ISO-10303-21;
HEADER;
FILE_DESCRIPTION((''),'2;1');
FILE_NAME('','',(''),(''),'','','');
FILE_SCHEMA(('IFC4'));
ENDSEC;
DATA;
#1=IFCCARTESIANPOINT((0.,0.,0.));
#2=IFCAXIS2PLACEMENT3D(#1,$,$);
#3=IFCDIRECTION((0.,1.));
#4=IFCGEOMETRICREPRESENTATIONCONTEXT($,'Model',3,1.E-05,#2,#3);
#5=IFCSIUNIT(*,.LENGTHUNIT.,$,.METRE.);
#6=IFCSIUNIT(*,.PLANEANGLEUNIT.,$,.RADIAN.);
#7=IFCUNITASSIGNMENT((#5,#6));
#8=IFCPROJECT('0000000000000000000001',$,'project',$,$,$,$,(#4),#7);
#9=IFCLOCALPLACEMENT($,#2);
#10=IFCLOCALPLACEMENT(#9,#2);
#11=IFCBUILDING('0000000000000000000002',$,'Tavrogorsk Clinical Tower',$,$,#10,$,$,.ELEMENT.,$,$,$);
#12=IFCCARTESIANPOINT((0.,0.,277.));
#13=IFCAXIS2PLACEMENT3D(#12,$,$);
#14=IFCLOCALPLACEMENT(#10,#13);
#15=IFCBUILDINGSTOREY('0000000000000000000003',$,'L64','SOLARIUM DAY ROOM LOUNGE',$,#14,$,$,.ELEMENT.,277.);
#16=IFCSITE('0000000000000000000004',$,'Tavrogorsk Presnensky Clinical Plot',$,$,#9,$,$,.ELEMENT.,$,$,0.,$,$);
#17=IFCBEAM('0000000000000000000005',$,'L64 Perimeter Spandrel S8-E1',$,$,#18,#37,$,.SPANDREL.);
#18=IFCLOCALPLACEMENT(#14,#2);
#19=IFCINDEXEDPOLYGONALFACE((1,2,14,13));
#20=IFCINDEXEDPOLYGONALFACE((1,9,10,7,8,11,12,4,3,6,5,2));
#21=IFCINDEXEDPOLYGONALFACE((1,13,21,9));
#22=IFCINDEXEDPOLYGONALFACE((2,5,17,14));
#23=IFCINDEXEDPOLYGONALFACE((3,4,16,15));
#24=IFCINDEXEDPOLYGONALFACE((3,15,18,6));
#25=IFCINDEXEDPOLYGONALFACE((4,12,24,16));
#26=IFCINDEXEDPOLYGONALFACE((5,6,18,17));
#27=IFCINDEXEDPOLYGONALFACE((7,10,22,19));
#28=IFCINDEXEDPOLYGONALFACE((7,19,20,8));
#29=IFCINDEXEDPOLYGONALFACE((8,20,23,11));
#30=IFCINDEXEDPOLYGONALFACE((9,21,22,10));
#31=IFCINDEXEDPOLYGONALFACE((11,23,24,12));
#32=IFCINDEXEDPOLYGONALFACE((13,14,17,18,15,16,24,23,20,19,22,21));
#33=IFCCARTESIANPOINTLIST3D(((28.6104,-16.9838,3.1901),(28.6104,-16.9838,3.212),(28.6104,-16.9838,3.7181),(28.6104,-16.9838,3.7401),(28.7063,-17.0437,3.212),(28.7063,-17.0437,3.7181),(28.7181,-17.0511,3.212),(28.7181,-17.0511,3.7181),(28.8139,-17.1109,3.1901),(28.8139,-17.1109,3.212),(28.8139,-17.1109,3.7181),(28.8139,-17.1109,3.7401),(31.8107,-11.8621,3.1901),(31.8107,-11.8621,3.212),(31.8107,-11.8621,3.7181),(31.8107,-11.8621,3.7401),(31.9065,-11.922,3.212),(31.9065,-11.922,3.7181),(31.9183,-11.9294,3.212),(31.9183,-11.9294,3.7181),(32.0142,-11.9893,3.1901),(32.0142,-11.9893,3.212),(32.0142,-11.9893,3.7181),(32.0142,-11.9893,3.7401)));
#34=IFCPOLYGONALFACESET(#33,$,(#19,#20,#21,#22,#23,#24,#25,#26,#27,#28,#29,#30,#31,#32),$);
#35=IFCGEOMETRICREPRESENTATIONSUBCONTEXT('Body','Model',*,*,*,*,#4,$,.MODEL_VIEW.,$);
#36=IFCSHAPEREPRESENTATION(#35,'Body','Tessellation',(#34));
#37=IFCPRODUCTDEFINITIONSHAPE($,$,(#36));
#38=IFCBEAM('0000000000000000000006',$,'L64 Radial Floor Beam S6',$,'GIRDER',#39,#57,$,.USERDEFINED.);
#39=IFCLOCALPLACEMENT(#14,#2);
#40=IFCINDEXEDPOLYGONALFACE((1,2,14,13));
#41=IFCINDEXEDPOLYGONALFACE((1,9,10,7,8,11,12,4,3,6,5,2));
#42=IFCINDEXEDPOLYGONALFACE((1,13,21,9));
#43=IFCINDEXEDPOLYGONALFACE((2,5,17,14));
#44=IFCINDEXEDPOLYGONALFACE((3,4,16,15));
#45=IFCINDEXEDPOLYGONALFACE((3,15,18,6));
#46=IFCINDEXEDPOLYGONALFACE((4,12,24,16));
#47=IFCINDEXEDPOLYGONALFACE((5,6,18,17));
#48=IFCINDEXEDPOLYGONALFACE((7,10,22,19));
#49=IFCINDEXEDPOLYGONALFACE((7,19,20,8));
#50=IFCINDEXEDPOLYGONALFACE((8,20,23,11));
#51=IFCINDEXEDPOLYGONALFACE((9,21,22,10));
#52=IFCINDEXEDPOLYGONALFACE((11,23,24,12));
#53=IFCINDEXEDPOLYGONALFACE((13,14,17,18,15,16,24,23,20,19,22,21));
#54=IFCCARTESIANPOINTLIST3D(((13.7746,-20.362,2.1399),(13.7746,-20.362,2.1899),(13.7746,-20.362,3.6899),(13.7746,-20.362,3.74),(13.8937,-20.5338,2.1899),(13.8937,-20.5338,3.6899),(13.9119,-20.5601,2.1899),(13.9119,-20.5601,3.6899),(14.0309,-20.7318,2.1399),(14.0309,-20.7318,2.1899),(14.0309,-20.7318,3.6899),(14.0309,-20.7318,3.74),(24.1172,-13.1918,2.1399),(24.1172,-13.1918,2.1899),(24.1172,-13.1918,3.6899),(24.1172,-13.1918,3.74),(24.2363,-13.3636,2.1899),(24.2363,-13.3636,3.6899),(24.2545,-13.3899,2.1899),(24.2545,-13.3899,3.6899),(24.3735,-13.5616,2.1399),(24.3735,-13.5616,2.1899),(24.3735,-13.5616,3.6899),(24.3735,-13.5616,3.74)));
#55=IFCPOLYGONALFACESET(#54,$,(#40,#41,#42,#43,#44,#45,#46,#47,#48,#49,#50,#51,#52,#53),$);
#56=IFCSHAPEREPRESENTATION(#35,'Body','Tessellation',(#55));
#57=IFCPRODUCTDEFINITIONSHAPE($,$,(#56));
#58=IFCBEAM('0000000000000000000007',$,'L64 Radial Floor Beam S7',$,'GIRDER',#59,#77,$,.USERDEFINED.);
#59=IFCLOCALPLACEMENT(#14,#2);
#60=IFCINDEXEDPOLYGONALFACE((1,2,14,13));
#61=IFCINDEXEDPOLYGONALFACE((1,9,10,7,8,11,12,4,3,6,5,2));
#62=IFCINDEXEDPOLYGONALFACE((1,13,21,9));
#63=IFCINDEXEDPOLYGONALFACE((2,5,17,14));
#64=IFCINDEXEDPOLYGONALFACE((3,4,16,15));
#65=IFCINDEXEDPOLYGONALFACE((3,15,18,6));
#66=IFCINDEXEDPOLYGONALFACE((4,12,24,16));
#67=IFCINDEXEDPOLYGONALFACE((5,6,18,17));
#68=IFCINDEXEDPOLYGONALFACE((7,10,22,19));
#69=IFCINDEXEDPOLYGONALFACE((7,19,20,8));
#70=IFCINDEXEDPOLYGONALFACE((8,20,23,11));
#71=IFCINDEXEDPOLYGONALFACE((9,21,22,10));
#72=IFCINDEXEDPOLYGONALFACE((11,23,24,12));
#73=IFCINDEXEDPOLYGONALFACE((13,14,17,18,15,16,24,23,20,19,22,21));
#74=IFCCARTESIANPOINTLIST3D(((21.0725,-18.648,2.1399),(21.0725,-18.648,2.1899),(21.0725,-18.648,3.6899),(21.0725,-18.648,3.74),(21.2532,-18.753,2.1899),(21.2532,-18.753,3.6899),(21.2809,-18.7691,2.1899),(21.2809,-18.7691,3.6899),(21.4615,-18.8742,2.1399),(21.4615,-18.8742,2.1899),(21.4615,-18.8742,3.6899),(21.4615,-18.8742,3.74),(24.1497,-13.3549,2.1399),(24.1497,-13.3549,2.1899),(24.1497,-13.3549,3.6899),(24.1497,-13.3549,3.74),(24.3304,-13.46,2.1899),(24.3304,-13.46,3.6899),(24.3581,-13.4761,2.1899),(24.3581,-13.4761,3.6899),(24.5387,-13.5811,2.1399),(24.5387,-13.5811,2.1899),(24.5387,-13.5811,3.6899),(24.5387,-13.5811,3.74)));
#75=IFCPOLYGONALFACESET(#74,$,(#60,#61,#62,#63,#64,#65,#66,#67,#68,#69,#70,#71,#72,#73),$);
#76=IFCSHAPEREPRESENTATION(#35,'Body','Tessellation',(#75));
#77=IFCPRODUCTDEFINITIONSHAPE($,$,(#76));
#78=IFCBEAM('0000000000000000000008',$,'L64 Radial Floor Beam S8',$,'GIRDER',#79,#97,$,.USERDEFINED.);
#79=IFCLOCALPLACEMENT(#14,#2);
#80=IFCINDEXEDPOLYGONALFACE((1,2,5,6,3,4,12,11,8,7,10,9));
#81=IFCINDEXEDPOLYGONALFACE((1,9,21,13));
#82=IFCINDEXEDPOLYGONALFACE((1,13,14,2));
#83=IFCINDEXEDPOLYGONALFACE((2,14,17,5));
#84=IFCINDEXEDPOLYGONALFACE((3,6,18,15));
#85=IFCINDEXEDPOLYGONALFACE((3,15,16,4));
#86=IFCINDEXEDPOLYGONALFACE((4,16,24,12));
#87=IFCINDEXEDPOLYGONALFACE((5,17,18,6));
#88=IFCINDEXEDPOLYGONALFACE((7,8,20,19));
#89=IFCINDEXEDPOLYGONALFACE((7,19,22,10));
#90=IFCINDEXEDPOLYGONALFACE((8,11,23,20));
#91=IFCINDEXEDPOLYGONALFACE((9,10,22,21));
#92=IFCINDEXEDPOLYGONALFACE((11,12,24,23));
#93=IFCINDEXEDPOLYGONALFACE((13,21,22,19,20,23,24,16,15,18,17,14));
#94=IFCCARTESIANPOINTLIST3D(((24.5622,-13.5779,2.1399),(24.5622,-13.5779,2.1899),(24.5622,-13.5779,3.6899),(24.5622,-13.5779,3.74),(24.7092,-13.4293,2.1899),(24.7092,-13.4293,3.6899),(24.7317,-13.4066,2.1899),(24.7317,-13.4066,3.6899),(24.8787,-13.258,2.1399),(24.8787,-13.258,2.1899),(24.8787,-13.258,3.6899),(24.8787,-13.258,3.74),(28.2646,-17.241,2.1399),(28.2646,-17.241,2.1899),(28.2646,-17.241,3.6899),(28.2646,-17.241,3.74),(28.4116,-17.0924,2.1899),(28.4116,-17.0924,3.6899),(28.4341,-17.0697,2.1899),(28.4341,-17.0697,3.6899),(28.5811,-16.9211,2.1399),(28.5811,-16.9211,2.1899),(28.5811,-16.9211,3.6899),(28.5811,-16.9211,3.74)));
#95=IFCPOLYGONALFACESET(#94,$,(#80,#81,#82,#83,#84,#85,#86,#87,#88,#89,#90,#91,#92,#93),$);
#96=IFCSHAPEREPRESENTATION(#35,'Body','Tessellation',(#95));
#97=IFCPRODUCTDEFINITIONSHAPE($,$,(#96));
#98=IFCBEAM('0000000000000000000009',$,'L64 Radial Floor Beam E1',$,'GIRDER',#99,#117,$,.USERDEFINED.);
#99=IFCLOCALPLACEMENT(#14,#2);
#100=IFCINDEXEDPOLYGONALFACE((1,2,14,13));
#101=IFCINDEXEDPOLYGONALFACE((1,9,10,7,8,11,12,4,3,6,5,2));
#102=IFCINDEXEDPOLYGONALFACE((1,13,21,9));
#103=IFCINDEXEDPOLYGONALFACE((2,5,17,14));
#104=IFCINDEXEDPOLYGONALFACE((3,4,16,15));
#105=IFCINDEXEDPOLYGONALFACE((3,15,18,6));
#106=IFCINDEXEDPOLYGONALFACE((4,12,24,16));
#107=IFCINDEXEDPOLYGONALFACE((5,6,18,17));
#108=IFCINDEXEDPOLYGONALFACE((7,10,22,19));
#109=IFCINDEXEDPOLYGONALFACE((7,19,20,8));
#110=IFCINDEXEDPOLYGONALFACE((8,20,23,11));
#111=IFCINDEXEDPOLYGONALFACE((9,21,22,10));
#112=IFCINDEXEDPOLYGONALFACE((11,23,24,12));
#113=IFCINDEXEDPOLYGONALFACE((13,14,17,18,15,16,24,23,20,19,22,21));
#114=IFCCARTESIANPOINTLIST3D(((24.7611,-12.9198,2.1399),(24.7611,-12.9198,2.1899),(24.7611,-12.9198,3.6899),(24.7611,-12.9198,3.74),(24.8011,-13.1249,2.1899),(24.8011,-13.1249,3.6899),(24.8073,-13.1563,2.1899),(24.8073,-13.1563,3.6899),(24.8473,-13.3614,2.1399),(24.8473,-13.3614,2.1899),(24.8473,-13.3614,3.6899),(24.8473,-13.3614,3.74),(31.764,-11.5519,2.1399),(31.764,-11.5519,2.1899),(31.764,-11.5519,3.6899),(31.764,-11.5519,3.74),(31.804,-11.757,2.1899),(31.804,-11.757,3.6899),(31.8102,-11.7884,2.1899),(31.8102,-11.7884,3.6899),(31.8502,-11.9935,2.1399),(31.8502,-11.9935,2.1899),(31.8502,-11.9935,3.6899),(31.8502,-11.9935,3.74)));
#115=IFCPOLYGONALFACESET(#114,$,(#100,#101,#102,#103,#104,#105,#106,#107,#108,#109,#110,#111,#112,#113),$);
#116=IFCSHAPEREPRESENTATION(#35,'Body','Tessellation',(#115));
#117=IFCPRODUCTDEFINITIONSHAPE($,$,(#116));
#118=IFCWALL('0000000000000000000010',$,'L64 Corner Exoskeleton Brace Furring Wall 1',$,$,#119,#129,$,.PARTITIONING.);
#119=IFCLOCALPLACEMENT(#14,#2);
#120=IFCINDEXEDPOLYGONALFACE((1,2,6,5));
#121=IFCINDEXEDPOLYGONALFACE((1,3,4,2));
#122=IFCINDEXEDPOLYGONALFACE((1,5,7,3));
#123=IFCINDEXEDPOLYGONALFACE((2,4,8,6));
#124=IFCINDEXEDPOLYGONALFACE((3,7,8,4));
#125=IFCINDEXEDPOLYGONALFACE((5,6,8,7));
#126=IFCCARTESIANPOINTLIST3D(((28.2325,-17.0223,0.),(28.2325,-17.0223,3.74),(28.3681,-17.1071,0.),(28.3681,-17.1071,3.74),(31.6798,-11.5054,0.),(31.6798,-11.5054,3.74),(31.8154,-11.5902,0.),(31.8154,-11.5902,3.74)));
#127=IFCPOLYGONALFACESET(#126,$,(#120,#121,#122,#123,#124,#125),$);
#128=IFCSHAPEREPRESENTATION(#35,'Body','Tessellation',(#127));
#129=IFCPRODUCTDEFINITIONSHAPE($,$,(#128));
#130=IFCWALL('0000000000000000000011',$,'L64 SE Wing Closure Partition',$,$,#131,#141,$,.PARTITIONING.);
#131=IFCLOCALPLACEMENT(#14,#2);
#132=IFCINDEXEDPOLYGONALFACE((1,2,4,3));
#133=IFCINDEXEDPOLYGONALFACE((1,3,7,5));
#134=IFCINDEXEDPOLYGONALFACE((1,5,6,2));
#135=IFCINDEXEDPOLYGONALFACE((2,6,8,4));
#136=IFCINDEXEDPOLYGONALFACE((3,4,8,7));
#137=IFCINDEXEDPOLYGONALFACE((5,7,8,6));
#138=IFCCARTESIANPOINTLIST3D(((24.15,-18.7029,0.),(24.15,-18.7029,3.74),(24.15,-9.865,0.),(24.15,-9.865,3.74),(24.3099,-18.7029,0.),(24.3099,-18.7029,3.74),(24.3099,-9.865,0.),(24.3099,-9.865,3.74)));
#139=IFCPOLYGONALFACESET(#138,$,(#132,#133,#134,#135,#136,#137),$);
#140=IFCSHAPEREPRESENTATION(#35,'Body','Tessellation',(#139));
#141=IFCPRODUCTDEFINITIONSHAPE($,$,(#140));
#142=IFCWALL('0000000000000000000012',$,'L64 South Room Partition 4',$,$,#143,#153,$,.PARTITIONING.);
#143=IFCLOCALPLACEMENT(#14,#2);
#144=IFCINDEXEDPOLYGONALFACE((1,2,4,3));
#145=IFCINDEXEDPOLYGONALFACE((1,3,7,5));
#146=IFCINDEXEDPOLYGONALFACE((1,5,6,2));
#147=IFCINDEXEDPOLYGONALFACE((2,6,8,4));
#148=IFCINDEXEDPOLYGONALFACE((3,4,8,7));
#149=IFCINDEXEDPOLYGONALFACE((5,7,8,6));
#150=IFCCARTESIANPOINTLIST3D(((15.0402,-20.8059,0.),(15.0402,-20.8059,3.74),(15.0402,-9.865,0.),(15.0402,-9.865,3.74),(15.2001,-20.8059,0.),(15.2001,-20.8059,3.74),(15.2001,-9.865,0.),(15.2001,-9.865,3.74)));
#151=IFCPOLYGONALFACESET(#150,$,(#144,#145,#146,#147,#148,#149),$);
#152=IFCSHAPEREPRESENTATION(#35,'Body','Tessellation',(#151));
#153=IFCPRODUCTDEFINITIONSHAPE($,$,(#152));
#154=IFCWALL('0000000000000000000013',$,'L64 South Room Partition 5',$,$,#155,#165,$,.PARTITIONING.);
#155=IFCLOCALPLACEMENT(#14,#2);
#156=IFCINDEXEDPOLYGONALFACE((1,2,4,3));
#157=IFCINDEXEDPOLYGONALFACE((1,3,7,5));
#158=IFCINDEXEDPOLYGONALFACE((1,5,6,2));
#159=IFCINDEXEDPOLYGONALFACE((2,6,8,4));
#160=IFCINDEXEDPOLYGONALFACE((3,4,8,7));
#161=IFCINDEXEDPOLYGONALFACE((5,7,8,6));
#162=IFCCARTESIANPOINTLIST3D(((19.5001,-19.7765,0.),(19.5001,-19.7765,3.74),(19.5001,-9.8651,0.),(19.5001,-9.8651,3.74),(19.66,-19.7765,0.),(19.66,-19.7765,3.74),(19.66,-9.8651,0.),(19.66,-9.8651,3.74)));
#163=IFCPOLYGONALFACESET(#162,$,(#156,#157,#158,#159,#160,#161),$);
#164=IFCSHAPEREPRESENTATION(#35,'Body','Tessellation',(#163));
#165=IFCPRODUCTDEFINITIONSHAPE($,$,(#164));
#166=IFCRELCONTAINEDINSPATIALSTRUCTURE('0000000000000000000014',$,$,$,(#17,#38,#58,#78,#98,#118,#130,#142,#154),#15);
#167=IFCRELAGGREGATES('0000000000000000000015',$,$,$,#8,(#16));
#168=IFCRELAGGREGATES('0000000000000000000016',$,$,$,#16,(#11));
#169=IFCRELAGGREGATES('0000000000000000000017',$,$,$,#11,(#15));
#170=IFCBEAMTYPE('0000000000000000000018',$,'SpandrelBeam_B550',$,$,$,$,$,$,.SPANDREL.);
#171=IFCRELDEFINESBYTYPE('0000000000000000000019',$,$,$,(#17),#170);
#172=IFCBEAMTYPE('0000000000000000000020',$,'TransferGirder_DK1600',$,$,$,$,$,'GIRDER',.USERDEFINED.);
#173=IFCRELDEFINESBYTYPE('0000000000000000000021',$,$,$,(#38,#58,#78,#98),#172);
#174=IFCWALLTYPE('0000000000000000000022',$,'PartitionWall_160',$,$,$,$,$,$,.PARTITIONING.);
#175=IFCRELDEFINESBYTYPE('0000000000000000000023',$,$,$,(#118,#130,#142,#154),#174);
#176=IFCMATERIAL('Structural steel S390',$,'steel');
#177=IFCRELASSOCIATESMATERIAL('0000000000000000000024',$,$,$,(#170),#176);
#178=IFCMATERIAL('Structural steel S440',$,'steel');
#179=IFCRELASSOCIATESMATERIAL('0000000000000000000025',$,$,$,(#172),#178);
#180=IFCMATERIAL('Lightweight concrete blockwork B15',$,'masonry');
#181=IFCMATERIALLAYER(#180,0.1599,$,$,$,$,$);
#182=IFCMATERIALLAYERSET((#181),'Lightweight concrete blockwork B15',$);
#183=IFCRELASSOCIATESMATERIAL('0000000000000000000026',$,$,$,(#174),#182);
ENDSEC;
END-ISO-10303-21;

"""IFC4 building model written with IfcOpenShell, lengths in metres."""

from ifc_helpers import new_model, si_unit, direction, frame, frame_2d, origin, origin_2d, place, context, subcontext, project, spatial, rectangle, i_section, extrude, material, layer, layer_set, material_profile, profile_set, type_object, element, save


model = new_model("IFC4")

# Units and contexts
model_context = context("Model", 3, precision=1e-05, world=origin(), true_north=direction((0.0, 1.0)))
body_context = subcontext(model_context, "Body", "Model", "MODEL_VIEW")
ifc_project = project(units=[si_unit("LENGTHUNIT", "METRE"), si_unit("PLANEANGLEUNIT", "RADIAN")], contexts=[model_context])

# Site, building, storey
site_placement = place(None, origin())
site = spatial("IfcSite", under=ifc_project, at=site_placement, Name="Tavrogorsk Presnensky Clinical Plot", CompositionType="ELEMENT", RefElevation=0.0)
building_placement = place(site_placement, origin())
building = spatial("IfcBuilding", under=site, at=building_placement, Name="Tavrogorsk Clinical Tower", CompositionType="ELEMENT")
storey_placement = place(building_placement, frame((0.0, 0.0, 277.0)))
storey = spatial("IfcBuildingStorey", under=building, at=storey_placement, Name="L64", Description="SOLARIUM DAY ROOM LOUNGE", CompositionType="ELEMENT", Elevation=277.0)

# Beams
ifc_material_1 = material(Name="Structural steel S390", Category="steel")
ifc_material_profile_1 = material_profile(ifc_material_1, i_section(OverallWidth=0.24, OverallDepth=0.55, WebThickness=0.0139, FlangeThickness=0.022, at=origin_2d()), Name="B-550x240x14x22")
ifc_profile_set_1 = profile_set([ifc_material_profile_1], Name="Structural steel S390")
beam_type_1 = type_object("IfcBeamType", Name="SpandrelBeam_B550", PredefinedType="SPANDREL", material=ifc_profile_set_1)
beam_1_placement = place(storey_placement, frame((28.7122, -17.0474, 3.4651), z_axis=(0.529904, 0.848057, 0.0), x_axis=(-0.848057, 0.529904, 0.0)))
element("IfcBeam", 1, at=beam_1_placement, inside=storey, type_object=beam_type_1, Name="L64 Perimeter Spandrel S8-E1", PredefinedType="SPANDREL", context=body_context, shape_type="SweptSolid", body=[
    extrude(i_section(OverallWidth=0.24, OverallDepth=0.55, WebThickness=0.0139, FlangeThickness=0.022, at=origin_2d()), origin(), (0.0, 0.0, 1.0), 6.0393),
])
ifc_material_2 = material(Name="Structural steel S440", Category="steel")
ifc_material_profile_2 = material_profile(ifc_material_2, i_section(OverallWidth=0.45, OverallDepth=1.6001, WebThickness=0.032, FlangeThickness=0.05, at=origin_2d()), Name="DK-1600x450x32x50")
ifc_profile_set_2 = profile_set([ifc_material_profile_2], Name="Structural steel S440")
beam_type_2 = type_object("IfcBeamType", Name="TransferGirder_DK1600", ElementType="GIRDER", PredefinedType="USERDEFINED", material=ifc_profile_set_2)
beam_2_placement = place(storey_placement, frame((24.2454, -13.3767, 2.9399), z_axis=(-0.821822, -0.569745, 0.0), x_axis=(0.569745, -0.821822, 0.0)))
element("IfcBeam", 2, at=beam_2_placement, inside=storey, type_object=beam_type_2, Name="L64 Radial Floor Beam S6", ObjectType="GIRDER", PredefinedType="USERDEFINED", context=body_context, shape_type="SweptSolid", body=[
    extrude(i_section(OverallWidth=0.45, OverallDepth=1.6001, WebThickness=0.032, FlangeThickness=0.05, at=origin_2d()), origin(), (0.0, 0.0, 1.0), 12.585),
])
beam_3_placement = place(storey_placement, frame((24.3442, -13.468, 2.9399), z_axis=(-0.502601, -0.864518, 0.0), x_axis=(0.864518, -0.502601, 0.0)))
element("IfcBeam", 3, at=beam_3_placement, inside=storey, type_object=beam_type_2, Name="L64 Radial Floor Beam S7", ObjectType="GIRDER", PredefinedType="USERDEFINED", context=body_context, shape_type="SweptSolid", body=[
    extrude(i_section(OverallWidth=0.45, OverallDepth=1.6001, WebThickness=0.032, FlangeThickness=0.05, at=origin_2d()), origin(), (0.0, 0.0, 1.0), 6.1226),
])
beam_4_placement = place(storey_placement, frame((24.7205, -13.418, 2.9399), z_axis=(0.71087, -0.703323, 0.0), x_axis=(0.703323, 0.71087, 0.0)))
element("IfcBeam", 4, at=beam_4_placement, inside=storey, type_object=beam_type_2, Name="L64 Radial Floor Beam S8", ObjectType="GIRDER", PredefinedType="USERDEFINED", context=body_context, shape_type="SweptSolid", body=[
    extrude(i_section(OverallWidth=0.45, OverallDepth=1.6001, WebThickness=0.032, FlangeThickness=0.05, at=origin_2d()), origin(), (0.0, 0.0, 1.0), 5.2083),
])
beam_5_placement = place(storey_placement, frame((24.8042, -13.1406, 2.9399), z_axis=(0.981451, 0.191712, 0.0), x_axis=(-0.191712, 0.981451, 0.0)))
element("IfcBeam", 5, at=beam_5_placement, inside=storey, type_object=beam_type_2, Name="L64 Radial Floor Beam E1", ObjectType="GIRDER", PredefinedType="USERDEFINED", context=body_context, shape_type="SweptSolid", body=[
    extrude(i_section(OverallWidth=0.45, OverallDepth=1.6001, WebThickness=0.032, FlangeThickness=0.05, at=origin_2d()), origin(), (0.0, 0.0, 1.0), 7.1353),
])

# Walls
ifc_material_3 = material(Name="Lightweight concrete blockwork B15", Category="masonry")
ifc_layer_1 = layer(ifc_material_3, 0.1599)
ifc_layer_set_1 = layer_set([ifc_layer_1], Name="Lightweight concrete blockwork B15")
wall_type_1 = type_object("IfcWallType", Name="PartitionWall_160", PredefinedType="PARTITIONING", material=ifc_layer_set_1)
wall_1_placement = place(storey_placement, frame((28.3003, -17.0647, 0.0), z_axis=(0.0, 0.0, 1.0), x_axis=(0.529915, 0.848051, 0.0)))
element("IfcWall", 6, at=wall_1_placement, inside=storey, type_object=wall_type_1, Name="L64 Corner Exoskeleton Brace Furring Wall 1", PredefinedType="PARTITIONING", context=body_context, shape_type="SweptSolid", body=[
    extrude(rectangle(XDim=6.5054, YDim=0.1599, at=frame_2d((3.2527, 0.0))), origin(), (0.0, 0.0, 1.0), 3.74),
])
wall_2_placement = place(storey_placement, frame((24.23, -18.7029, 0.0), z_axis=(0.0, 0.0, 1.0), x_axis=(0.0, 1.0, 0.0)))
element("IfcWall", 7, at=wall_2_placement, inside=storey, type_object=wall_type_1, Name="L64 SE Wing Closure Partition", PredefinedType="PARTITIONING", context=body_context, shape_type="SweptSolid", body=[
    extrude(rectangle(XDim=8.8379, YDim=0.1599, at=frame_2d((4.4189, 0.0))), origin(), (0.0, 0.0, 1.0), 3.74),
])
wall_3_placement = place(storey_placement, frame((15.1201, -20.8059, 0.0), z_axis=(0.0, 0.0, 1.0), x_axis=(0.0, 1.0, 0.0)))
element("IfcWall", 8, at=wall_3_placement, inside=storey, type_object=wall_type_1, Name="L64 South Room Partition 4", PredefinedType="PARTITIONING", context=body_context, shape_type="SweptSolid", body=[
    extrude(rectangle(XDim=10.9409, YDim=0.1599, at=frame_2d((5.4705, 0.0))), origin(), (0.0, 0.0, 1.0), 3.74),
])
wall_4_placement = place(storey_placement, frame((19.5801, -19.7764, 0.0), z_axis=(0.0, 0.0, 1.0), x_axis=(0.0, 1.0, 0.0)))
element("IfcWall", 9, at=wall_4_placement, inside=storey, type_object=wall_type_1, Name="L64 South Room Partition 5", PredefinedType="PARTITIONING", context=body_context, shape_type="SweptSolid", body=[
    extrude(rectangle(XDim=9.9114, YDim=0.1599, at=frame_2d((4.9556, 0.0))), origin(), (0.0, 0.0, 1.0), 3.74),
])

save(model, "model.ifc")
